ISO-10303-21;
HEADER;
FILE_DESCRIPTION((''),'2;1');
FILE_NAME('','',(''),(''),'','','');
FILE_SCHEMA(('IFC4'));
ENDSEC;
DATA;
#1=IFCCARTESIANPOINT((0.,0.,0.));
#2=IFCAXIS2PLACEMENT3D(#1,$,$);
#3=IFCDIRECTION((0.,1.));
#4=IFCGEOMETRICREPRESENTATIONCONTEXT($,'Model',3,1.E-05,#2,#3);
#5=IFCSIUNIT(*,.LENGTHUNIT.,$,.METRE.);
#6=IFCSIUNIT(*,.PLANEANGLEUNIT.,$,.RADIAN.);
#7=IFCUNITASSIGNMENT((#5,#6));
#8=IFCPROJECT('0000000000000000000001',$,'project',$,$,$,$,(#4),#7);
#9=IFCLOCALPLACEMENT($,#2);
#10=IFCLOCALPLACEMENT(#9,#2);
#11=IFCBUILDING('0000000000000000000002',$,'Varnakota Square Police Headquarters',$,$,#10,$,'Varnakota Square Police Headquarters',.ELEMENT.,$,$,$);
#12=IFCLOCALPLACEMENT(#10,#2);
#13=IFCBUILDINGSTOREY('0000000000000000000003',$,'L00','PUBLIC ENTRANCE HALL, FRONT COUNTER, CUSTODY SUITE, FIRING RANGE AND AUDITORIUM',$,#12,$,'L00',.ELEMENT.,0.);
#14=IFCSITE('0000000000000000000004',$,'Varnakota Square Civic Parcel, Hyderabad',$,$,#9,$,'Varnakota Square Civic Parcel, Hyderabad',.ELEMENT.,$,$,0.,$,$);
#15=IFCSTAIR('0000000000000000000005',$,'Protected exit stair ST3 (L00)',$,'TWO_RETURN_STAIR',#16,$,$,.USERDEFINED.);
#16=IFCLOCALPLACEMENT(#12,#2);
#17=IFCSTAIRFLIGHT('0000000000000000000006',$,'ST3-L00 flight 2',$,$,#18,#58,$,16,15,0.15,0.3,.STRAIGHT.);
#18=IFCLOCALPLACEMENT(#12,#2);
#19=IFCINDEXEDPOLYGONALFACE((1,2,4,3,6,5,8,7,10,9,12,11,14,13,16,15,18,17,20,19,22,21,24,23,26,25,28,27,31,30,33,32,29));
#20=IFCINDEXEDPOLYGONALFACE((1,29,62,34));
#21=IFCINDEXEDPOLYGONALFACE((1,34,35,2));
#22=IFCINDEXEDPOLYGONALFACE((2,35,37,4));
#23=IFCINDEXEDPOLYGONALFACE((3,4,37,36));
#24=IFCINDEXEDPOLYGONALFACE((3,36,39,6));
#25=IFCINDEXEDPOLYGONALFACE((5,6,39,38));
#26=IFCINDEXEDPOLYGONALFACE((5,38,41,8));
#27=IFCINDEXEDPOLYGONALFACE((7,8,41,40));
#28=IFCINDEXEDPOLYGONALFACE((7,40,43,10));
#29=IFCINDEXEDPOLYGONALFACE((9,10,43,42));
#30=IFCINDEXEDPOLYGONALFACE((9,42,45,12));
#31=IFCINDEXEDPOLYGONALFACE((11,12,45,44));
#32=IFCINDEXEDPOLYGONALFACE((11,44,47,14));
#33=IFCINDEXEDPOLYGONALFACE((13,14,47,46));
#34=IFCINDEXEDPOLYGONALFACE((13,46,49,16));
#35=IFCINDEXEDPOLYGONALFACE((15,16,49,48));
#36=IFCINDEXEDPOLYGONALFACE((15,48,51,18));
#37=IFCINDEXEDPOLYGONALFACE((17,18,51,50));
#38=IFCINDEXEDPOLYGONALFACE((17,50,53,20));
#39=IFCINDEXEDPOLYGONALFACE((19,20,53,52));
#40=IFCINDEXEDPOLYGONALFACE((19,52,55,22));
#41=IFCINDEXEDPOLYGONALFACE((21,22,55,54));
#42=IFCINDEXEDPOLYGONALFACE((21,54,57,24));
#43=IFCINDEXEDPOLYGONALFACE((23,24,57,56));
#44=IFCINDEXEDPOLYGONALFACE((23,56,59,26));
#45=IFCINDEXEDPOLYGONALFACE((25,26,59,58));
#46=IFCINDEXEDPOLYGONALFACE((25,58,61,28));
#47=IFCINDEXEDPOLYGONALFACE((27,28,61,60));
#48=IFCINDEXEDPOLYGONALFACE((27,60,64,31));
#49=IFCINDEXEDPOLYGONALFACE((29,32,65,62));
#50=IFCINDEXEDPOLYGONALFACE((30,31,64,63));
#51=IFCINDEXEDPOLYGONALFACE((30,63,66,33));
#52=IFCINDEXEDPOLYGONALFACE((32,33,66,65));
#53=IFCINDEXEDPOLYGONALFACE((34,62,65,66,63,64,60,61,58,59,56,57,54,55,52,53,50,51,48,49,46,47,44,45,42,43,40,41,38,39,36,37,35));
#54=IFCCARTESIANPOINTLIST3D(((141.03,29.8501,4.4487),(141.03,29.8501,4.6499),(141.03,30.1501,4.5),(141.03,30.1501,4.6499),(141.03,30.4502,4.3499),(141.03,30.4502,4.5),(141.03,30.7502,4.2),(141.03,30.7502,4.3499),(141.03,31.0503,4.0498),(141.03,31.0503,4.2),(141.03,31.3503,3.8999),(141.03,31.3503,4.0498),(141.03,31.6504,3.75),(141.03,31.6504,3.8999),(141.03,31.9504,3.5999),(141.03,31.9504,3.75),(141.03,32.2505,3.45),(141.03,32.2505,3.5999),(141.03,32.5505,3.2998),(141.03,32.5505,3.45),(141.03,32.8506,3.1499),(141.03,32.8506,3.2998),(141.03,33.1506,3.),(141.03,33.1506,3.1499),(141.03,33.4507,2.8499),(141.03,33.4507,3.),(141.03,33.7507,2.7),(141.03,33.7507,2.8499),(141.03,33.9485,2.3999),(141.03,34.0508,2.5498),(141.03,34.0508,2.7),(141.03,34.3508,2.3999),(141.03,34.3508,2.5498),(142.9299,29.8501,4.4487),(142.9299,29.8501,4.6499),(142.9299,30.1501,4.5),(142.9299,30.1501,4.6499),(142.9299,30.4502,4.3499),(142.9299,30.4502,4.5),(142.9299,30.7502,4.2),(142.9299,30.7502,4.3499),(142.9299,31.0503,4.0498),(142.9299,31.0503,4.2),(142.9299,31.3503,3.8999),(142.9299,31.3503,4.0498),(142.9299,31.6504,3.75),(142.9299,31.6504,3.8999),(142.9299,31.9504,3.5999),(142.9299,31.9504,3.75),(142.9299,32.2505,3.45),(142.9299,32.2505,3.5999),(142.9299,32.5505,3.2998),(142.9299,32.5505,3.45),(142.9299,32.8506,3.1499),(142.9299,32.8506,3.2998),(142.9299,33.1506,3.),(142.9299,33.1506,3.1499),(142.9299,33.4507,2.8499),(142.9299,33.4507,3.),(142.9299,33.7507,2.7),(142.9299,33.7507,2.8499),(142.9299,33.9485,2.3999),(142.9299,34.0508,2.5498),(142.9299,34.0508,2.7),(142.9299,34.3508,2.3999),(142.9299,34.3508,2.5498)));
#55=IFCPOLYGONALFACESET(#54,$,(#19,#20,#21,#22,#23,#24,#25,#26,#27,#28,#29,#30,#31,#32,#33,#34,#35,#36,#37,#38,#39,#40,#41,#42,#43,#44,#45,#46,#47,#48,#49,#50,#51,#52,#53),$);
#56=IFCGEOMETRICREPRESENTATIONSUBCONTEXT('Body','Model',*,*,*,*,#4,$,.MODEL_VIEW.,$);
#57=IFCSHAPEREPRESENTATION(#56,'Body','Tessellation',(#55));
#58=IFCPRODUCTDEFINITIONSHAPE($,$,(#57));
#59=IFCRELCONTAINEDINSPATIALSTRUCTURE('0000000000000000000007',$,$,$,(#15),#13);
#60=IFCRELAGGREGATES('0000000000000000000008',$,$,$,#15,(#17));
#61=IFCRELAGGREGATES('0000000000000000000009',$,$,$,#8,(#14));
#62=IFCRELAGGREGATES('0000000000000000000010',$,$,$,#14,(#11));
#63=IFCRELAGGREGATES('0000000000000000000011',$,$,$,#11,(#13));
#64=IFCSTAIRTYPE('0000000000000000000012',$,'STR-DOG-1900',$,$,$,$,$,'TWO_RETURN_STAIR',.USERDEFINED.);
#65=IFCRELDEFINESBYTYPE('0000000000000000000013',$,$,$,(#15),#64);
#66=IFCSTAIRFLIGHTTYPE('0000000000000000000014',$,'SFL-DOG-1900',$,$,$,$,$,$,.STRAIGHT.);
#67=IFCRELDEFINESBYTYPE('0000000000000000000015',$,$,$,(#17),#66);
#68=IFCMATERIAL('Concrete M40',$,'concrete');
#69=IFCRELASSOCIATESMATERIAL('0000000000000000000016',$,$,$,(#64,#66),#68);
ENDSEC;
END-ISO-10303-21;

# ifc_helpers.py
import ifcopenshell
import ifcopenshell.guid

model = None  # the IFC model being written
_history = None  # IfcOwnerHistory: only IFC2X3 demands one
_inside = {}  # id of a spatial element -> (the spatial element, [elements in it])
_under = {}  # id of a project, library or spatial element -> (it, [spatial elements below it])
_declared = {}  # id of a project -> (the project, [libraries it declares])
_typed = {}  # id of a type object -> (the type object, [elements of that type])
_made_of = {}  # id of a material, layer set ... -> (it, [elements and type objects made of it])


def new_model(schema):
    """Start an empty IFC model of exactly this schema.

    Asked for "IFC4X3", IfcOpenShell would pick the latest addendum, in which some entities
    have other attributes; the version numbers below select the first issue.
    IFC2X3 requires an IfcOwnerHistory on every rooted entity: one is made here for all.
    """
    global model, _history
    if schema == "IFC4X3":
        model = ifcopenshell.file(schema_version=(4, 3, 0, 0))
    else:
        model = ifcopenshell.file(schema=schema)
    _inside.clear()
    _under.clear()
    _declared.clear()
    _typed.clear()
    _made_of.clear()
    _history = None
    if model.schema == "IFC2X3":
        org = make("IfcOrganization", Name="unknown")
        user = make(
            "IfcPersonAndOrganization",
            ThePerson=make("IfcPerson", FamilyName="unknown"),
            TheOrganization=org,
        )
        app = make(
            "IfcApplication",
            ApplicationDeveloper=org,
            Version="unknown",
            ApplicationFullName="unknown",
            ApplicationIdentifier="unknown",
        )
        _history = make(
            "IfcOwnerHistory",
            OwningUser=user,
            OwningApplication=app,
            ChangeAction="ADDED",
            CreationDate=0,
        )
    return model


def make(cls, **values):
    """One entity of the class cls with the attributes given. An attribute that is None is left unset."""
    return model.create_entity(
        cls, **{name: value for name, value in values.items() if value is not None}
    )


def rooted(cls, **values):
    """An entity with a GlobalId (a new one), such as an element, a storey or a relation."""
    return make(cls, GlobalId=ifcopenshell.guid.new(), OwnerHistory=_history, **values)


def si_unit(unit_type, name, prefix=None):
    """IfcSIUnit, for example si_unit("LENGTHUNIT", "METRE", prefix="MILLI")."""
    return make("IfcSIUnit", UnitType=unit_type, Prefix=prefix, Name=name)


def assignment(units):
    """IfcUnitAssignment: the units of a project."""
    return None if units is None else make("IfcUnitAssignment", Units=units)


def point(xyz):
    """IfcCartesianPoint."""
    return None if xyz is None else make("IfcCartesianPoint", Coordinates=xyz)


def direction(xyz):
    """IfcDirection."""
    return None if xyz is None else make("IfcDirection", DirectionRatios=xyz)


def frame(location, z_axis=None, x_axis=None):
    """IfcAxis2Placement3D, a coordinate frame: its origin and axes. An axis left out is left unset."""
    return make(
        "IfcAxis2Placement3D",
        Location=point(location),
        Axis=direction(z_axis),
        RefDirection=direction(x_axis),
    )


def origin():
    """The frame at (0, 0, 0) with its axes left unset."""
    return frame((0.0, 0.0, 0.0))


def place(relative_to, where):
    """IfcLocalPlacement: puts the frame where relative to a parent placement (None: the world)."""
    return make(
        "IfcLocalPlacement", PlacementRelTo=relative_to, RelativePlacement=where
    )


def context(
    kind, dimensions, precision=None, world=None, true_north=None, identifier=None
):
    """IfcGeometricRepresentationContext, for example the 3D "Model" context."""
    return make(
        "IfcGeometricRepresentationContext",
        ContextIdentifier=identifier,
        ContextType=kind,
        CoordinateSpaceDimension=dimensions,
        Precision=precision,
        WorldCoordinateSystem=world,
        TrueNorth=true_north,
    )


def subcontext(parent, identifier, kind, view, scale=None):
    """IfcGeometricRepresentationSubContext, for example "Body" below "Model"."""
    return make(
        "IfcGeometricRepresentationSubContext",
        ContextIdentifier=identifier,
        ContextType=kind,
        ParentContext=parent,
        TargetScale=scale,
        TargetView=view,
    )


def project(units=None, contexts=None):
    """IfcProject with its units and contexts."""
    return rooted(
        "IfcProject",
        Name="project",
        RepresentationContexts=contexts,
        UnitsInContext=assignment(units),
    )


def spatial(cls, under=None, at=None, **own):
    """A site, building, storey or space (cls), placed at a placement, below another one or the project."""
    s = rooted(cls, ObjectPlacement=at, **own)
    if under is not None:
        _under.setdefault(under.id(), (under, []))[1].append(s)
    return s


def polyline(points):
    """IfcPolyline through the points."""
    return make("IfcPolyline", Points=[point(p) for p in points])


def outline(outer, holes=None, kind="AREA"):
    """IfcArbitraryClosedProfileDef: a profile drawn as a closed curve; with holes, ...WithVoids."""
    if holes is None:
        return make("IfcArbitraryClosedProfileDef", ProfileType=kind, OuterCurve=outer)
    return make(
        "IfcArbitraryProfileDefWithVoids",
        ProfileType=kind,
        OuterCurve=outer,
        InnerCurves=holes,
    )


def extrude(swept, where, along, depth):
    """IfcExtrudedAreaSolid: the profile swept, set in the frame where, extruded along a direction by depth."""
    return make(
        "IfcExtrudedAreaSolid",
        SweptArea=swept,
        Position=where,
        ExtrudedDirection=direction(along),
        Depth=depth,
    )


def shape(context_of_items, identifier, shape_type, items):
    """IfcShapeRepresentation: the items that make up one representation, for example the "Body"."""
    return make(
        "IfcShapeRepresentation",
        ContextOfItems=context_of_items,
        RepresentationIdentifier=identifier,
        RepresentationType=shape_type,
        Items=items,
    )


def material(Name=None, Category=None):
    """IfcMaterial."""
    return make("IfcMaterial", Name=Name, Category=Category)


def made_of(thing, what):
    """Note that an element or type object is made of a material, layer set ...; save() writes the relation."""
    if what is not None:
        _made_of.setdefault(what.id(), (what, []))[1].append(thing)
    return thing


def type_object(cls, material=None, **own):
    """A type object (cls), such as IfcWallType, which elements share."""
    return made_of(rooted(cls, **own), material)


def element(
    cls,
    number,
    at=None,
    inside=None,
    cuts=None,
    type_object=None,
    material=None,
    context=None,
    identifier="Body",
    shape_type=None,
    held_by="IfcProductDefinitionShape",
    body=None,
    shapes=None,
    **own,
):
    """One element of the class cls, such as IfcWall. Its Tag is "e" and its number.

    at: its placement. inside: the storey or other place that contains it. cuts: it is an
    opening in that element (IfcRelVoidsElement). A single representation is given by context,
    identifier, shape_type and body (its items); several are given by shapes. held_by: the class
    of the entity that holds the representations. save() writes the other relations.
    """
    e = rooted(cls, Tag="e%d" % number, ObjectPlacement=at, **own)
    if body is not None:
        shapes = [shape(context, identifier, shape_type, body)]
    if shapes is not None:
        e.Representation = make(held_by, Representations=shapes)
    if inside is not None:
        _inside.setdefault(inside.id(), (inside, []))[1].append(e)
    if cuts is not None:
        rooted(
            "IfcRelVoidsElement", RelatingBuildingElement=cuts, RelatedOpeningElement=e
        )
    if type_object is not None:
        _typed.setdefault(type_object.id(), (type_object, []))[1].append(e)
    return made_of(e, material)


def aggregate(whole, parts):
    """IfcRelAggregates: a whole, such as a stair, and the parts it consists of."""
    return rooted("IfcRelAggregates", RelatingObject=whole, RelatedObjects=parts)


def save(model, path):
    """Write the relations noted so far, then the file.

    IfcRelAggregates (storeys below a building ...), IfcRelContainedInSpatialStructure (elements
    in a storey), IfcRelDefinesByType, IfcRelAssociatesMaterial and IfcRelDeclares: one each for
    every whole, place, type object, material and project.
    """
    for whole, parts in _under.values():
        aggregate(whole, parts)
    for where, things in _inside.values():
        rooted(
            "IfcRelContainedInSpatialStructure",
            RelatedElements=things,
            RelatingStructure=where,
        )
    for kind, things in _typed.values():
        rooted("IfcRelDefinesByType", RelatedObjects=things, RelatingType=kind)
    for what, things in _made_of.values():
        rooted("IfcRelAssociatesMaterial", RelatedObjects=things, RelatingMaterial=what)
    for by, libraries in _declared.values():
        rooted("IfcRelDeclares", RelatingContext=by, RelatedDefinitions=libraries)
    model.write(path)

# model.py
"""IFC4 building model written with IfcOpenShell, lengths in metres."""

from ifc_helpers import new_model, si_unit, direction, frame, origin, place, context, subcontext, project, spatial, polyline, outline, extrude, material, type_object, element, aggregate, save


model = new_model("IFC4")

# Units and contexts
model_context = context("Model", 3, precision=1e-05, world=origin(), true_north=direction((0.0, 1.0)))
body_context = subcontext(model_context, "Body", "Model", "MODEL_VIEW")
ifc_project = project(units=[si_unit("LENGTHUNIT", "METRE"), si_unit("PLANEANGLEUNIT", "RADIAN")], contexts=[model_context])

# Site, building, storey
site_placement = place(None, origin())
site = spatial("IfcSite", under=ifc_project, at=site_placement, Name="Varnakota Square Civic Parcel, Hyderabad", LongName="Varnakota Square Civic Parcel, Hyderabad", CompositionType="ELEMENT", RefElevation=0.0)
building_placement = place(site_placement, origin())
building = spatial("IfcBuilding", under=site, at=building_placement, Name="Varnakota Square Police Headquarters", LongName="Varnakota Square Police Headquarters", CompositionType="ELEMENT")
storey_placement = place(building_placement, origin())
storey = spatial("IfcBuildingStorey", under=building, at=storey_placement, Name="L00", Description="PUBLIC ENTRANCE HALL, FRONT COUNTER, CUSTODY SUITE, FIRING RANGE AND AUDITORIUM", LongName="L00", CompositionType="ELEMENT", Elevation=0.0)

# Shared definitions
ifc_material_1 = material(Name="Concrete M40", Category="concrete")

# Stair, stair flight
stair_type = type_object("IfcStairType", Name="STR-DOG-1900", ElementType="TWO_RETURN_STAIR", PredefinedType="USERDEFINED", material=ifc_material_1)
stair_placement = place(storey_placement, origin())
stair = element("IfcStair", 1, at=stair_placement, inside=storey, type_object=stair_type, Name="Protected exit stair ST3 (L00)", ObjectType="TWO_RETURN_STAIR", PredefinedType="USERDEFINED")
stair_flight_type = type_object("IfcStairFlightType", Name="SFL-DOG-1900", PredefinedType="STRAIGHT", material=ifc_material_1)
stair_flight_1_placement = place(storey_placement, frame((141.98, 34.3508, 2.3999), z_axis=(0.0, 0.0, 1.0), x_axis=(0.0, -1.0, 0.0)))
stair_flight_1 = element("IfcStairFlight", 2, at=stair_flight_1_placement, type_object=stair_flight_type, Name="ST3-L00 flight 2", NumberOfRisers=16, NumberOfTreads=15, PredefinedType="STRAIGHT", RiserHeight=0.15, TreadLength=0.3, context=body_context, shape_type="SweptSolid", body=[
    extrude(outline(polyline([(0.0, 0.0), (0.0, 0.1499), (0.3, 0.1499), (0.3, 0.3), (0.6001, 0.3), (0.6001, 0.45), (0.9001, 0.45), (0.9001, 0.6001), (1.2002, 0.6001), (1.2002, 0.75), (1.5002, 0.75), (1.5002, 0.8999), (1.8003, 0.8999), (1.8003, 1.05), (2.1003, 1.05), (2.1003, 1.2), (2.4004, 1.2), (2.4004, 1.3501), (2.7004, 1.3501), (2.7004, 1.5), (3.0005, 1.5), (3.0005, 1.6499), (3.3005, 1.6499), (3.3005, 1.8), (3.6006, 1.8), (3.6006, 1.95), (3.9006, 1.95), (3.9006, 2.1001), (4.2007, 2.1001), (4.2007, 2.25), (4.5007, 2.25), (4.5007, 2.3999), (4.5007, 2.0488), (0.4023, 0.0), (0.0, 0.0)])), frame((0.0, 0.95, 0.0), z_axis=(0.0, -1.0, 0.0), x_axis=(1.0, 0.0, 0.0)), (0.0, 0.0, 1.0), 1.8999),
])
aggregate(stair, [stair_flight_1])

save(model, "model.ifc")
